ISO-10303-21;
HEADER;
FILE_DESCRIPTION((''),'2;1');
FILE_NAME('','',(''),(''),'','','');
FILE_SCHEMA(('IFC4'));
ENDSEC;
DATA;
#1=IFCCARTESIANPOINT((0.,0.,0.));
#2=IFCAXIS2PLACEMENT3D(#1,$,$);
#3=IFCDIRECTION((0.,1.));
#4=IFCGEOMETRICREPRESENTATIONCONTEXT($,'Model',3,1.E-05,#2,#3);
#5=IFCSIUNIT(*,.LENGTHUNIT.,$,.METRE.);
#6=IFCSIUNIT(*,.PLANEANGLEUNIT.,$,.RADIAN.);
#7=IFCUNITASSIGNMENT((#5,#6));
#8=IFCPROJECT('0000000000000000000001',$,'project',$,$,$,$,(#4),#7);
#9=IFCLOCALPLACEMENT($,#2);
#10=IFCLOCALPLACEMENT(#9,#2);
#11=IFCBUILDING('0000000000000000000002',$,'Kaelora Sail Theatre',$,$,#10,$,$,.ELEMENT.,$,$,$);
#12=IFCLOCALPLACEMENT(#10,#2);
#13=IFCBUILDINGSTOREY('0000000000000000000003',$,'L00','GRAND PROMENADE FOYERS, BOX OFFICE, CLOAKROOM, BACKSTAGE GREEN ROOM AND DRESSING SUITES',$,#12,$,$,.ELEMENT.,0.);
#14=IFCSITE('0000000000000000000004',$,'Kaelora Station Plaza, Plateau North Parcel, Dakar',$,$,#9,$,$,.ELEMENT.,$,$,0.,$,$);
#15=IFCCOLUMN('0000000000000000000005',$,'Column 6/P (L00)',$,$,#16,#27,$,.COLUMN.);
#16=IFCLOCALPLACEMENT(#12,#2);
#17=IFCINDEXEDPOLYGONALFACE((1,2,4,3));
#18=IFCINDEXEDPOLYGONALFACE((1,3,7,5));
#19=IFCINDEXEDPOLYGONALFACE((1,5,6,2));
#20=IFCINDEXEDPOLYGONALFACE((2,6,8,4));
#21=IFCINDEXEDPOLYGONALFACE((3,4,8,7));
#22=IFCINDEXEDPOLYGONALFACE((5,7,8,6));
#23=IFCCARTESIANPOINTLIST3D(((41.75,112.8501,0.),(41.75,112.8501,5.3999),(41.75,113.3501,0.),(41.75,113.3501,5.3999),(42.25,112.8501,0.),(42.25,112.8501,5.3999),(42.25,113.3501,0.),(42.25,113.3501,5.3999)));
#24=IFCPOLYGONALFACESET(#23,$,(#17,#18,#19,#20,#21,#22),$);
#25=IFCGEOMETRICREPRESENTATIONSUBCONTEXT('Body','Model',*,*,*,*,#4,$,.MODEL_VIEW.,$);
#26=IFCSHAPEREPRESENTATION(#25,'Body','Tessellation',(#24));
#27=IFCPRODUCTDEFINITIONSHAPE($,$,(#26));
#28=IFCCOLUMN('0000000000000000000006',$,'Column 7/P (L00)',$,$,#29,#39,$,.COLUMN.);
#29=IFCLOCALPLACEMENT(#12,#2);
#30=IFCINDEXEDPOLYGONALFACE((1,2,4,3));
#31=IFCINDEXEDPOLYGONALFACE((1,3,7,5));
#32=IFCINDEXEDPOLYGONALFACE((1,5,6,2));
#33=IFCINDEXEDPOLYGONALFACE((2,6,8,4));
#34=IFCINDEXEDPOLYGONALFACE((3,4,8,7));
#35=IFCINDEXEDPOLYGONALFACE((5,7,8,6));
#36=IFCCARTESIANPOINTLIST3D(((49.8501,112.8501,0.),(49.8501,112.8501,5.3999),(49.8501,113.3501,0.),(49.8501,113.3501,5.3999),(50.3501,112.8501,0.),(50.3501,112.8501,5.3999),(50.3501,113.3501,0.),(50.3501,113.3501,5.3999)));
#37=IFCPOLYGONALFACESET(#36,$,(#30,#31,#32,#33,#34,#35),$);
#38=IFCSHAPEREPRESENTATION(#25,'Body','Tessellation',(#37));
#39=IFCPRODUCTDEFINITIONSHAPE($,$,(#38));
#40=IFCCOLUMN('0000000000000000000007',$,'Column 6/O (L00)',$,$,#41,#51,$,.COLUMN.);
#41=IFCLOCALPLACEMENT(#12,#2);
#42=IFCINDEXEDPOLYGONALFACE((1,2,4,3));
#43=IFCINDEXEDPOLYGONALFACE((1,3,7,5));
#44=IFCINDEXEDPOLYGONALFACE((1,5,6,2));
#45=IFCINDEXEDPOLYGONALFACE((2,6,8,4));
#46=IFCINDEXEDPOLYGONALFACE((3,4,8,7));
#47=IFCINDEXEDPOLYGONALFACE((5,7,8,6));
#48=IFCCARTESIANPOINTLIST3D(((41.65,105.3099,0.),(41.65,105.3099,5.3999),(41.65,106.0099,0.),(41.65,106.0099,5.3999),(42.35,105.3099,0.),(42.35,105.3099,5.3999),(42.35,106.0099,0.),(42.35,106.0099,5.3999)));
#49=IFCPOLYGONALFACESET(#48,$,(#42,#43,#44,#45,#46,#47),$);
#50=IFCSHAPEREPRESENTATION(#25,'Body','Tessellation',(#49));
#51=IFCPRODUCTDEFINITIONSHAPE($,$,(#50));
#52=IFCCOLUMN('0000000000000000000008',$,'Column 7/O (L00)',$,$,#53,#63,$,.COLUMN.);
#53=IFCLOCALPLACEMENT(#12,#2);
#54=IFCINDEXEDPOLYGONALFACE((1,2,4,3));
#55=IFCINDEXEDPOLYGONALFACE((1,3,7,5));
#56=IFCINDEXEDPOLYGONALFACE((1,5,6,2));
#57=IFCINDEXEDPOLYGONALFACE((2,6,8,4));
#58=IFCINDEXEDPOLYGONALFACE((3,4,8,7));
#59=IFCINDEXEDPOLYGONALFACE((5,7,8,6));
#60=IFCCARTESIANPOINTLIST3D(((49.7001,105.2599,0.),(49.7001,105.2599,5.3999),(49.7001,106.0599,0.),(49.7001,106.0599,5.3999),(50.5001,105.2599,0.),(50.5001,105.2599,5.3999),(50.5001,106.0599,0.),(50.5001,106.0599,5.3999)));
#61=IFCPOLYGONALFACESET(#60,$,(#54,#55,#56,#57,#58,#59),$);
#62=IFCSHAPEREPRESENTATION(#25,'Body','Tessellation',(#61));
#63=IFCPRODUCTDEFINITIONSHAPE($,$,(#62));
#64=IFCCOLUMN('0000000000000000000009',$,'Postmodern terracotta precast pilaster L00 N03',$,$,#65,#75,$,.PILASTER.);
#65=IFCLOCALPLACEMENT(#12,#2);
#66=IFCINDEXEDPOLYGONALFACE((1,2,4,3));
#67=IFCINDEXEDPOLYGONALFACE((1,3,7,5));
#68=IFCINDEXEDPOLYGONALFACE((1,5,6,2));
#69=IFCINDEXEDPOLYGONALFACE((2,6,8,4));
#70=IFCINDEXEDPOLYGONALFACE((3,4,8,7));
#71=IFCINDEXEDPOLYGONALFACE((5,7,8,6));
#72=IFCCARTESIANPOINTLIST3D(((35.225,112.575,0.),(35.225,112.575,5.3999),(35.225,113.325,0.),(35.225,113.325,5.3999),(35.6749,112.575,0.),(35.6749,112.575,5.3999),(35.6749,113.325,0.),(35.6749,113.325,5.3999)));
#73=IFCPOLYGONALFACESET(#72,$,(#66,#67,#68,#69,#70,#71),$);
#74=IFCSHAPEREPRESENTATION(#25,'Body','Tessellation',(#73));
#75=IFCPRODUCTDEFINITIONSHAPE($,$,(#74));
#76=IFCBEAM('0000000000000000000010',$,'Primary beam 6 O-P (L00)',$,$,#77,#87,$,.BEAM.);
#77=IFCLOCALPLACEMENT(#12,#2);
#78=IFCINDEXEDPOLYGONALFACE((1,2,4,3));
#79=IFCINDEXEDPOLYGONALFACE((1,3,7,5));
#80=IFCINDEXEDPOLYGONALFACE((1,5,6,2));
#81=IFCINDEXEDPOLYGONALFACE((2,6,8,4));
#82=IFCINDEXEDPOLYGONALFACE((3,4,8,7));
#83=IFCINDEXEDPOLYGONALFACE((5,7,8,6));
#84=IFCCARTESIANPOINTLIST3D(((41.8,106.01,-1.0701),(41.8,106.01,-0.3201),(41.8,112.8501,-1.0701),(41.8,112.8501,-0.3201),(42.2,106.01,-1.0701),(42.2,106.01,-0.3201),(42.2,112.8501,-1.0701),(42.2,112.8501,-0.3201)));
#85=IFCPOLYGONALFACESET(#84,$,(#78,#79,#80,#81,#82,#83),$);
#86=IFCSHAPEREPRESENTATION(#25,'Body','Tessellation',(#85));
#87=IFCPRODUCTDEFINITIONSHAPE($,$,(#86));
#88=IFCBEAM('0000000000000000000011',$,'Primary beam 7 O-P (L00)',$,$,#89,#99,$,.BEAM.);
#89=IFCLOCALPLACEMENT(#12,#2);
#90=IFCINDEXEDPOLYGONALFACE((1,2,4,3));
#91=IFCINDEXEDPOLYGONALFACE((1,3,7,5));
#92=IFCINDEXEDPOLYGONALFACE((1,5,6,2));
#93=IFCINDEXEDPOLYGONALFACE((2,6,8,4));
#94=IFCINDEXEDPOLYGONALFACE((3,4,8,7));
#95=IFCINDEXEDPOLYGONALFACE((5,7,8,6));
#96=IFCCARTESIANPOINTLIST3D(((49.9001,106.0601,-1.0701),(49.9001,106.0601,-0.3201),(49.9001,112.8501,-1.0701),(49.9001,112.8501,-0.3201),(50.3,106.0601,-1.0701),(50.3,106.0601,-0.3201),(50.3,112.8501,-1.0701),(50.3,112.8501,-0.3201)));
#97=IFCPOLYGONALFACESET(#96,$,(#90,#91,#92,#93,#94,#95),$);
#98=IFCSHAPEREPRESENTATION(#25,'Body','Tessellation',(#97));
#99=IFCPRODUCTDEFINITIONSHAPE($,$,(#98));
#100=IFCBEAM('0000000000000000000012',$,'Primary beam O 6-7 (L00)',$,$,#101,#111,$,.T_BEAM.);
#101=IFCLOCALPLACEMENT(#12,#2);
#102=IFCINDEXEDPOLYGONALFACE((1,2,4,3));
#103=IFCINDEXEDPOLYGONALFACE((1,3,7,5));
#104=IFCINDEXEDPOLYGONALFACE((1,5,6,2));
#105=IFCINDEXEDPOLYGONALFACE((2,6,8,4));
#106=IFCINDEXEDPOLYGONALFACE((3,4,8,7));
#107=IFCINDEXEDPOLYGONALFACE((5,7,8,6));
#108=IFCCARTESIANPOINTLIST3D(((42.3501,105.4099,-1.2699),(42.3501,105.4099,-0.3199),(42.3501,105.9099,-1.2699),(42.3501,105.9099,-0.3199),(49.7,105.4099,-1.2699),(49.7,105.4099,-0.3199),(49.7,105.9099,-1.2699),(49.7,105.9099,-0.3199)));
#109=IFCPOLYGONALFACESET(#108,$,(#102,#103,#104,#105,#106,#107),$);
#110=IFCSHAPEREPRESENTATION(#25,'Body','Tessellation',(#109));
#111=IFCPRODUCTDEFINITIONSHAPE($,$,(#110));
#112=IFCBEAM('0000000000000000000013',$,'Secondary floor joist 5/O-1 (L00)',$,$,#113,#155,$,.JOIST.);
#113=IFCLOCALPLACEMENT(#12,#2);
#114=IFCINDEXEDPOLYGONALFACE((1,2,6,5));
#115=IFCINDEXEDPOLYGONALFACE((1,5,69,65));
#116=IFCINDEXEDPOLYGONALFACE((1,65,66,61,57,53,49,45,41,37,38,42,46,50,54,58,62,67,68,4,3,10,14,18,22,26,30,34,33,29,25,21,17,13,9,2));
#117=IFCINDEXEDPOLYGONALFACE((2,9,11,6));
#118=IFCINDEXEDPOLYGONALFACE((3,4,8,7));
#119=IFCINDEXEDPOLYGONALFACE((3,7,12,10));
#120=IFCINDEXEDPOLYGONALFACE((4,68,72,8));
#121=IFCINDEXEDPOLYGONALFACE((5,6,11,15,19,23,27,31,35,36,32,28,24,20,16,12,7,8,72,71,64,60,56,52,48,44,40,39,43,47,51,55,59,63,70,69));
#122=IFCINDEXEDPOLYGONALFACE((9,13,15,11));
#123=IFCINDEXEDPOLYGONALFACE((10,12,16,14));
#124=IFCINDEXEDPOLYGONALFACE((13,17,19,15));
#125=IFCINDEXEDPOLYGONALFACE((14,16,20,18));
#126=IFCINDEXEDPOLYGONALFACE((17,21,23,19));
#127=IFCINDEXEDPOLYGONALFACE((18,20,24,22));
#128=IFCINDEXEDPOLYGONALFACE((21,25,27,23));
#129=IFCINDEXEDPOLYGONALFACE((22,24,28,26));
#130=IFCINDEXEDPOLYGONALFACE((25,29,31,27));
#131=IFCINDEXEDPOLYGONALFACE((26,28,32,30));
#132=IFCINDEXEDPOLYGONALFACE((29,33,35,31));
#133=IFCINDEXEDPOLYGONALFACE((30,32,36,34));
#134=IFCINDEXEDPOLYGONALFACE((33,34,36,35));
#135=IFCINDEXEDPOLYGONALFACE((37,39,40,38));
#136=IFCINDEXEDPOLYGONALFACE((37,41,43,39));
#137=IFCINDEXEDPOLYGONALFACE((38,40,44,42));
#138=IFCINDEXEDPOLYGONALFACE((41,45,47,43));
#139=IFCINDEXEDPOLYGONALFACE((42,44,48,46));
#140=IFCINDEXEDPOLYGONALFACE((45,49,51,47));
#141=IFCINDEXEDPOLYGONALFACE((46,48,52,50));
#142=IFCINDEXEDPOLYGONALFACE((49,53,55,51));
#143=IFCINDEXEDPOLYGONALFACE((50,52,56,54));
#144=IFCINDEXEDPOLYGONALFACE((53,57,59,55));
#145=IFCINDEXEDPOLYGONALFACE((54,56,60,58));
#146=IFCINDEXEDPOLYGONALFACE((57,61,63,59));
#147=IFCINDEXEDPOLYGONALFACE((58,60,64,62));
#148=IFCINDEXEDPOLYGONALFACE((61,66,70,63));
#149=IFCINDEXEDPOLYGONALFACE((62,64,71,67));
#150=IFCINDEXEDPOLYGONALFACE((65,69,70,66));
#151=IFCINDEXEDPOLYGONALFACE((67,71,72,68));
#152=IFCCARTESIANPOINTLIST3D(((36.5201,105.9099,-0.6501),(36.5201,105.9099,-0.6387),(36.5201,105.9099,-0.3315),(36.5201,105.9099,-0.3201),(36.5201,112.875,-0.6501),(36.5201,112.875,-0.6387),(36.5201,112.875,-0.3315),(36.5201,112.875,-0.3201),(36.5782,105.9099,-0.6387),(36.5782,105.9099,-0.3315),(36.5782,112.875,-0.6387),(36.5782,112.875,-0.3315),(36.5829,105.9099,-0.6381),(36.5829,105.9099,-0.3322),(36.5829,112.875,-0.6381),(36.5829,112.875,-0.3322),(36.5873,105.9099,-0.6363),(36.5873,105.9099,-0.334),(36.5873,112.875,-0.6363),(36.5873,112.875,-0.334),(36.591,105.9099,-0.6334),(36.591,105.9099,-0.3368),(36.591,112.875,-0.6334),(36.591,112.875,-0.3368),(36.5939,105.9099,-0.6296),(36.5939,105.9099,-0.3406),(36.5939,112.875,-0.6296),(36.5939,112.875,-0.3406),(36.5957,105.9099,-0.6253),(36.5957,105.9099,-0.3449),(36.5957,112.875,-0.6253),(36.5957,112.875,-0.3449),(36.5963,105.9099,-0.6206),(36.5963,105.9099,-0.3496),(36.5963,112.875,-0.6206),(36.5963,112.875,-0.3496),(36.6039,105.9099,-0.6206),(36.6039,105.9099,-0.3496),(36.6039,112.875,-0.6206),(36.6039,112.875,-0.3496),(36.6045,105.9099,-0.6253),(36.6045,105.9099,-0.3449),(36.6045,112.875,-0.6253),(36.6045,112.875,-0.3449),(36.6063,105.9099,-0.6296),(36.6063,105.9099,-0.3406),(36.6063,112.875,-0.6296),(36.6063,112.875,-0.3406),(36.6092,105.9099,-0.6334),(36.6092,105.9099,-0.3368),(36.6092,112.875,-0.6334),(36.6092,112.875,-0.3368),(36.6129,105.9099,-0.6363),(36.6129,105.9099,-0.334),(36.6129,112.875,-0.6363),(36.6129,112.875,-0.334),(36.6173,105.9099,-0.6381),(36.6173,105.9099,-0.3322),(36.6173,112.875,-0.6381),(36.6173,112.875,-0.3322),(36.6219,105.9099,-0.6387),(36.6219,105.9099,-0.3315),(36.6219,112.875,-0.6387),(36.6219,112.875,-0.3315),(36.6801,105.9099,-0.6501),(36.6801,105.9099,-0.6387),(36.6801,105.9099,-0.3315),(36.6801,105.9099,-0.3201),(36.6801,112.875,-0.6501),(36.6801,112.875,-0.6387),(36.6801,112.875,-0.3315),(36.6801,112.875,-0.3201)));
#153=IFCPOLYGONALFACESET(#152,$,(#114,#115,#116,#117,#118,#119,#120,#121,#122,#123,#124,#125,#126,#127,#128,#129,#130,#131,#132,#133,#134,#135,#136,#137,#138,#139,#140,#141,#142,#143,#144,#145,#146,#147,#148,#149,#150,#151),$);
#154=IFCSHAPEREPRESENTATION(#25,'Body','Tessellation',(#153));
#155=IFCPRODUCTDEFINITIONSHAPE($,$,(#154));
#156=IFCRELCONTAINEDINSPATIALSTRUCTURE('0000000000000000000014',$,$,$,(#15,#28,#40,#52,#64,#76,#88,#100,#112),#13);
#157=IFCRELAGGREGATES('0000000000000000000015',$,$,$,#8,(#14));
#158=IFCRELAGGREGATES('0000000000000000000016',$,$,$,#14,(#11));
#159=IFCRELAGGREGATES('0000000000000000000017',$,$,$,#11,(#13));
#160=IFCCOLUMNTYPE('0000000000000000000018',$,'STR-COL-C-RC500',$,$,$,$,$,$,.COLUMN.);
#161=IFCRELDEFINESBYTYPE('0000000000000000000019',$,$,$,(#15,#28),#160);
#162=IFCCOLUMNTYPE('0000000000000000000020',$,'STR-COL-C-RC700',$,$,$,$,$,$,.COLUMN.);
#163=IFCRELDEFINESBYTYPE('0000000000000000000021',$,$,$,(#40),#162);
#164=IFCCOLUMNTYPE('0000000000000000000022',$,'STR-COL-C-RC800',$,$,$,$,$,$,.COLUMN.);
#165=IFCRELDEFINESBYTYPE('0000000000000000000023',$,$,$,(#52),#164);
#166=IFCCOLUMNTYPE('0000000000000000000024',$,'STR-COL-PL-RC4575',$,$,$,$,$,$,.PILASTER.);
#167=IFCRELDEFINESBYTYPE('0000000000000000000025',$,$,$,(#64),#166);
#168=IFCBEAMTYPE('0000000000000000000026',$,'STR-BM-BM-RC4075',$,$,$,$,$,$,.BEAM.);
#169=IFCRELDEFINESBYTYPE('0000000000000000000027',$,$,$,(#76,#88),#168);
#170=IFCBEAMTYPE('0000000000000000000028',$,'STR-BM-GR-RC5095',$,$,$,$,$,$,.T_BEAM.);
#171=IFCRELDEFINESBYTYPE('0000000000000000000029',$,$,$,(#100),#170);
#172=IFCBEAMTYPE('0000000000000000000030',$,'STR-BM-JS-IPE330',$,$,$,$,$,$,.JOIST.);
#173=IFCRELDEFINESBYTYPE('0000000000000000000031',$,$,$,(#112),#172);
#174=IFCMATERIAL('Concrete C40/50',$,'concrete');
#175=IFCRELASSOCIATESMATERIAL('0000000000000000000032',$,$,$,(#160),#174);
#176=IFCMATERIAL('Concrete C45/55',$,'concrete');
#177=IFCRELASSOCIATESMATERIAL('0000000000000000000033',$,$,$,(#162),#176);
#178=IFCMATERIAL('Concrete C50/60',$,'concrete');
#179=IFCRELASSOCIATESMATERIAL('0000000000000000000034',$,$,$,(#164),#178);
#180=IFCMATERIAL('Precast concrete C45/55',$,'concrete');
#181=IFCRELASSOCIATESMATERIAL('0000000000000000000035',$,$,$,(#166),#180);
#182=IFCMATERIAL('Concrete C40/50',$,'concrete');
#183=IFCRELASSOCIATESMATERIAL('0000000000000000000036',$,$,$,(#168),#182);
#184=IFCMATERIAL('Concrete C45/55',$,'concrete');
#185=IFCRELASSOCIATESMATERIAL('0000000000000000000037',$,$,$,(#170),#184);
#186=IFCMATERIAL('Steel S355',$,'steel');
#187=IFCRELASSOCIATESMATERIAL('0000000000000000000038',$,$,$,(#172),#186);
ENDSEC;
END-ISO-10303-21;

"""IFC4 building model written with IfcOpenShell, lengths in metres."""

from ifc_helpers import new_model, si_unit, direction, frame, origin, origin_2d, place, context, subcontext, project, spatial, rectangle, i_section, extrude, material, material_profile, profile_set, type_object, element, save


model = new_model("IFC4")

# Units and contexts
model_context = context("Model", 3, precision=1e-05, world=origin(), true_north=direction((0.0, 1.0)))
body_context = subcontext(model_context, "Body", "Model", "MODEL_VIEW")
ifc_project = project(units=[si_unit("LENGTHUNIT", "METRE"), si_unit("PLANEANGLEUNIT", "RADIAN")], contexts=[model_context])

# Site, building, storey
site_placement = place(None, origin())
site = spatial("IfcSite", under=ifc_project, at=site_placement, Name="Kaelora Station Plaza, Plateau North Parcel, Dakar", CompositionType="ELEMENT", RefElevation=0.0)
building_placement = place(site_placement, origin())
building = spatial("IfcBuilding", under=site, at=building_placement, Name="Kaelora Sail Theatre", CompositionType="ELEMENT")
storey_placement = place(building_placement, origin())
storey = spatial("IfcBuildingStorey", under=building, at=storey_placement, Name="L00", Description="GRAND PROMENADE FOYERS, BOX OFFICE, CLOAKROOM, BACKSTAGE GREEN ROOM AND DRESSING SUITES", CompositionType="ELEMENT", Elevation=0.0)

# Columns
ifc_material_1 = material(Name="Concrete C40/50", Category="concrete")
ifc_material_profile_1 = material_profile(ifc_material_1, rectangle(XDim=0.5, YDim=0.5, at=origin_2d()), Name="RC-COL 500x500")
ifc_profile_set_1 = profile_set([ifc_material_profile_1], Name="Concrete C40/50")
column_type_1 = type_object("IfcColumnType", Name="STR-COL-C-RC500", PredefinedType="COLUMN", material=ifc_profile_set_1)
for number, where, z_axis, x_axis, name in (
    (1, (42.0, 113.1001, 0.0), (0.0, 0.0, 1.0), (1.0, 0.0, 0.0), "Column 6/P (L00)"),
    (2, (50.1001, 113.1001, 0.0), (0.0, 0.0, 1.0), (1.0, 0.0, 0.0), "Column 7/P (L00)"),
):
    element("IfcColumn", number, at=place(storey_placement, frame(where, z_axis=z_axis, x_axis=x_axis)), inside=storey, type_object=column_type_1, Name=name, PredefinedType="COLUMN", context=body_context, shape_type="SweptSolid", body=[
        extrude(rectangle(XDim=0.5, YDim=0.5, at=origin_2d()), origin(), (0.0, 0.0, 1.0), 5.3999),
    ])
ifc_material_2 = material(Name="Concrete C45/55", Category="concrete")
ifc_material_profile_2 = material_profile(ifc_material_2, rectangle(XDim=0.7, YDim=0.7, at=origin_2d()), Name="RC-COL 700x700")
ifc_profile_set_2 = profile_set([ifc_material_profile_2], Name="Concrete C45/55")
column_type_2 = type_object("IfcColumnType", Name="STR-COL-C-RC700", PredefinedType="COLUMN", material=ifc_profile_set_2)
column_1_placement = place(storey_placement, frame((42.0, 105.6599, 0.0), z_axis=(0.0, 0.0, 1.0), x_axis=(1.0, 0.0, 0.0)))
element("IfcColumn", 3, at=column_1_placement, inside=storey, type_object=column_type_2, Name="Column 6/O (L00)", PredefinedType="COLUMN", context=body_context, shape_type="SweptSolid", body=[
    extrude(rectangle(XDim=0.7, YDim=0.7, at=origin_2d()), origin(), (0.0, 0.0, 1.0), 5.3999),
])
ifc_material_3 = material(Name="Concrete C50/60", Category="concrete")
ifc_material_profile_3 = material_profile(ifc_material_3, rectangle(XDim=0.8, YDim=0.8, at=origin_2d()), Name="RC-COL 800x800")
ifc_profile_set_3 = profile_set([ifc_material_profile_3], Name="Concrete C50/60")
column_type_3 = type_object("IfcColumnType", Name="STR-COL-C-RC800", PredefinedType="COLUMN", material=ifc_profile_set_3)
column_2_placement = place(storey_placement, frame((50.1001, 105.6599, 0.0), z_axis=(0.0, 0.0, 1.0), x_axis=(1.0, 0.0, 0.0)))
element("IfcColumn", 4, at=column_2_placement, inside=storey, type_object=column_type_3, Name="Column 7/O (L00)", PredefinedType="COLUMN", context=body_context, shape_type="SweptSolid", body=[
    extrude(rectangle(XDim=0.8, YDim=0.8, at=origin_2d()), origin(), (0.0, 0.0, 1.0), 5.3999),
])
ifc_material_4 = material(Name="Precast concrete C45/55", Category="concrete")
ifc_material_profile_4 = material_profile(ifc_material_4, rectangle(XDim=0.45, YDim=0.75, at=origin_2d()), Name="RC-PIL 450x750")
ifc_profile_set_4 = profile_set([ifc_material_profile_4], Name="Precast concrete C45/55")
column_type_4 = type_object("IfcColumnType", Name="STR-COL-PL-RC4575", PredefinedType="PILASTER", material=ifc_profile_set_4)
column_3_placement = place(storey_placement, frame((35.45, 112.95, 0.0), z_axis=(0.0, 0.0, 1.0), x_axis=(1.0, 0.0, 0.0)))
element("IfcColumn", 5, at=column_3_placement, inside=storey, type_object=column_type_4, Name="Postmodern terracotta precast pilaster L00 N03", PredefinedType="PILASTER", context=body_context, shape_type="SweptSolid", body=[
    extrude(rectangle(XDim=0.45, YDim=0.75, at=origin_2d()), origin(), (0.0, 0.0, 1.0), 5.3999),
])

# Beams
ifc_material_5 = material(Name="Concrete C40/50", Category="concrete")
ifc_material_profile_5 = material_profile(ifc_material_5, rectangle(XDim=0.3999, YDim=0.75, at=origin_2d()), Name="RC-BM 400x750")
ifc_profile_set_5 = profile_set([ifc_material_profile_5], Name="Concrete C40/50")
beam_type_1 = type_object("IfcBeamType", Name="STR-BM-BM-RC4075", PredefinedType="BEAM", material=ifc_profile_set_5)
beam_1_placement = place(storey_placement, frame((42.0, 106.01, -0.6951), z_axis=(0.0, 1.0, 0.0), x_axis=(-1.0, 0.0, 0.0)))
element("IfcBeam", 6, at=beam_1_placement, inside=storey, type_object=beam_type_1, Name="Primary beam 6 O-P (L00)", PredefinedType="BEAM", context=body_context, shape_type="SweptSolid", body=[
    extrude(rectangle(XDim=0.3999, YDim=0.75, at=origin_2d()), origin(), (0.0, 0.0, 1.0), 6.8401),
])
beam_2_placement = place(storey_placement, frame((50.1001, 106.0601, -0.6951), z_axis=(0.0, 1.0, 0.0), x_axis=(-1.0, 0.0, 0.0)))
element("IfcBeam", 7, at=beam_2_placement, inside=storey, type_object=beam_type_1, Name="Primary beam 7 O-P (L00)", PredefinedType="BEAM", context=body_context, shape_type="SweptSolid", body=[
    extrude(rectangle(XDim=0.3999, YDim=0.75, at=origin_2d()), origin(), (0.0, 0.0, 1.0), 6.79),
])
ifc_material_6 = material(Name="Concrete C45/55", Category="concrete")
ifc_material_profile_6 = material_profile(ifc_material_6, rectangle(XDim=0.5, YDim=0.95, at=origin_2d()), Name="RC-GRD 500x950")
ifc_profile_set_6 = profile_set([ifc_material_profile_6], Name="Concrete C45/55")
beam_type_2 = type_object("IfcBeamType", Name="STR-BM-GR-RC5095", PredefinedType="T_BEAM", material=ifc_profile_set_6)
beam_3_placement = place(storey_placement, frame((42.3501, 105.6599, -0.7949), z_axis=(1.0, 0.0, 0.0), x_axis=(0.0, 1.0, 0.0)))
element("IfcBeam", 8, at=beam_3_placement, inside=storey, type_object=beam_type_2, Name="Primary beam O 6-7 (L00)", PredefinedType="T_BEAM", context=body_context, shape_type="SweptSolid", body=[
    extrude(rectangle(XDim=0.5, YDim=0.95, at=origin_2d()), origin(), (0.0, 0.0, 1.0), 7.3499),
])
ifc_material_7 = material(Name="Steel S355", Category="steel")
ifc_material_profile_7 = material_profile(ifc_material_7, i_section(OverallWidth=0.1599, OverallDepth=0.3301, WebThickness=0.0076, FlangeThickness=0.0115, FilletRadius=0.0181, at=origin_2d()), Name="IPE 330")
ifc_profile_set_7 = profile_set([ifc_material_profile_7], Name="Steel S355")
beam_type_3 = type_object("IfcBeamType", Name="STR-BM-JS-IPE330", PredefinedType="JOIST", material=ifc_profile_set_7)
beam_4_placement = place(storey_placement, frame((36.6001, 105.9099, -0.4851), z_axis=(0.0, 1.0, 0.0), x_axis=(-1.0, 0.0, 0.0)))
element("IfcBeam", 9, at=beam_4_placement, inside=storey, type_object=beam_type_3, Name="Secondary floor joist 5/O-1 (L00)", PredefinedType="JOIST", context=body_context, shape_type="SweptSolid", body=[
    extrude(i_section(OverallWidth=0.1599, OverallDepth=0.3301, WebThickness=0.0076, FlangeThickness=0.0115, FilletRadius=0.0181, at=origin_2d()), origin(), (0.0, 0.0, 1.0), 6.9651),
])

save(model, "model.ifc")
